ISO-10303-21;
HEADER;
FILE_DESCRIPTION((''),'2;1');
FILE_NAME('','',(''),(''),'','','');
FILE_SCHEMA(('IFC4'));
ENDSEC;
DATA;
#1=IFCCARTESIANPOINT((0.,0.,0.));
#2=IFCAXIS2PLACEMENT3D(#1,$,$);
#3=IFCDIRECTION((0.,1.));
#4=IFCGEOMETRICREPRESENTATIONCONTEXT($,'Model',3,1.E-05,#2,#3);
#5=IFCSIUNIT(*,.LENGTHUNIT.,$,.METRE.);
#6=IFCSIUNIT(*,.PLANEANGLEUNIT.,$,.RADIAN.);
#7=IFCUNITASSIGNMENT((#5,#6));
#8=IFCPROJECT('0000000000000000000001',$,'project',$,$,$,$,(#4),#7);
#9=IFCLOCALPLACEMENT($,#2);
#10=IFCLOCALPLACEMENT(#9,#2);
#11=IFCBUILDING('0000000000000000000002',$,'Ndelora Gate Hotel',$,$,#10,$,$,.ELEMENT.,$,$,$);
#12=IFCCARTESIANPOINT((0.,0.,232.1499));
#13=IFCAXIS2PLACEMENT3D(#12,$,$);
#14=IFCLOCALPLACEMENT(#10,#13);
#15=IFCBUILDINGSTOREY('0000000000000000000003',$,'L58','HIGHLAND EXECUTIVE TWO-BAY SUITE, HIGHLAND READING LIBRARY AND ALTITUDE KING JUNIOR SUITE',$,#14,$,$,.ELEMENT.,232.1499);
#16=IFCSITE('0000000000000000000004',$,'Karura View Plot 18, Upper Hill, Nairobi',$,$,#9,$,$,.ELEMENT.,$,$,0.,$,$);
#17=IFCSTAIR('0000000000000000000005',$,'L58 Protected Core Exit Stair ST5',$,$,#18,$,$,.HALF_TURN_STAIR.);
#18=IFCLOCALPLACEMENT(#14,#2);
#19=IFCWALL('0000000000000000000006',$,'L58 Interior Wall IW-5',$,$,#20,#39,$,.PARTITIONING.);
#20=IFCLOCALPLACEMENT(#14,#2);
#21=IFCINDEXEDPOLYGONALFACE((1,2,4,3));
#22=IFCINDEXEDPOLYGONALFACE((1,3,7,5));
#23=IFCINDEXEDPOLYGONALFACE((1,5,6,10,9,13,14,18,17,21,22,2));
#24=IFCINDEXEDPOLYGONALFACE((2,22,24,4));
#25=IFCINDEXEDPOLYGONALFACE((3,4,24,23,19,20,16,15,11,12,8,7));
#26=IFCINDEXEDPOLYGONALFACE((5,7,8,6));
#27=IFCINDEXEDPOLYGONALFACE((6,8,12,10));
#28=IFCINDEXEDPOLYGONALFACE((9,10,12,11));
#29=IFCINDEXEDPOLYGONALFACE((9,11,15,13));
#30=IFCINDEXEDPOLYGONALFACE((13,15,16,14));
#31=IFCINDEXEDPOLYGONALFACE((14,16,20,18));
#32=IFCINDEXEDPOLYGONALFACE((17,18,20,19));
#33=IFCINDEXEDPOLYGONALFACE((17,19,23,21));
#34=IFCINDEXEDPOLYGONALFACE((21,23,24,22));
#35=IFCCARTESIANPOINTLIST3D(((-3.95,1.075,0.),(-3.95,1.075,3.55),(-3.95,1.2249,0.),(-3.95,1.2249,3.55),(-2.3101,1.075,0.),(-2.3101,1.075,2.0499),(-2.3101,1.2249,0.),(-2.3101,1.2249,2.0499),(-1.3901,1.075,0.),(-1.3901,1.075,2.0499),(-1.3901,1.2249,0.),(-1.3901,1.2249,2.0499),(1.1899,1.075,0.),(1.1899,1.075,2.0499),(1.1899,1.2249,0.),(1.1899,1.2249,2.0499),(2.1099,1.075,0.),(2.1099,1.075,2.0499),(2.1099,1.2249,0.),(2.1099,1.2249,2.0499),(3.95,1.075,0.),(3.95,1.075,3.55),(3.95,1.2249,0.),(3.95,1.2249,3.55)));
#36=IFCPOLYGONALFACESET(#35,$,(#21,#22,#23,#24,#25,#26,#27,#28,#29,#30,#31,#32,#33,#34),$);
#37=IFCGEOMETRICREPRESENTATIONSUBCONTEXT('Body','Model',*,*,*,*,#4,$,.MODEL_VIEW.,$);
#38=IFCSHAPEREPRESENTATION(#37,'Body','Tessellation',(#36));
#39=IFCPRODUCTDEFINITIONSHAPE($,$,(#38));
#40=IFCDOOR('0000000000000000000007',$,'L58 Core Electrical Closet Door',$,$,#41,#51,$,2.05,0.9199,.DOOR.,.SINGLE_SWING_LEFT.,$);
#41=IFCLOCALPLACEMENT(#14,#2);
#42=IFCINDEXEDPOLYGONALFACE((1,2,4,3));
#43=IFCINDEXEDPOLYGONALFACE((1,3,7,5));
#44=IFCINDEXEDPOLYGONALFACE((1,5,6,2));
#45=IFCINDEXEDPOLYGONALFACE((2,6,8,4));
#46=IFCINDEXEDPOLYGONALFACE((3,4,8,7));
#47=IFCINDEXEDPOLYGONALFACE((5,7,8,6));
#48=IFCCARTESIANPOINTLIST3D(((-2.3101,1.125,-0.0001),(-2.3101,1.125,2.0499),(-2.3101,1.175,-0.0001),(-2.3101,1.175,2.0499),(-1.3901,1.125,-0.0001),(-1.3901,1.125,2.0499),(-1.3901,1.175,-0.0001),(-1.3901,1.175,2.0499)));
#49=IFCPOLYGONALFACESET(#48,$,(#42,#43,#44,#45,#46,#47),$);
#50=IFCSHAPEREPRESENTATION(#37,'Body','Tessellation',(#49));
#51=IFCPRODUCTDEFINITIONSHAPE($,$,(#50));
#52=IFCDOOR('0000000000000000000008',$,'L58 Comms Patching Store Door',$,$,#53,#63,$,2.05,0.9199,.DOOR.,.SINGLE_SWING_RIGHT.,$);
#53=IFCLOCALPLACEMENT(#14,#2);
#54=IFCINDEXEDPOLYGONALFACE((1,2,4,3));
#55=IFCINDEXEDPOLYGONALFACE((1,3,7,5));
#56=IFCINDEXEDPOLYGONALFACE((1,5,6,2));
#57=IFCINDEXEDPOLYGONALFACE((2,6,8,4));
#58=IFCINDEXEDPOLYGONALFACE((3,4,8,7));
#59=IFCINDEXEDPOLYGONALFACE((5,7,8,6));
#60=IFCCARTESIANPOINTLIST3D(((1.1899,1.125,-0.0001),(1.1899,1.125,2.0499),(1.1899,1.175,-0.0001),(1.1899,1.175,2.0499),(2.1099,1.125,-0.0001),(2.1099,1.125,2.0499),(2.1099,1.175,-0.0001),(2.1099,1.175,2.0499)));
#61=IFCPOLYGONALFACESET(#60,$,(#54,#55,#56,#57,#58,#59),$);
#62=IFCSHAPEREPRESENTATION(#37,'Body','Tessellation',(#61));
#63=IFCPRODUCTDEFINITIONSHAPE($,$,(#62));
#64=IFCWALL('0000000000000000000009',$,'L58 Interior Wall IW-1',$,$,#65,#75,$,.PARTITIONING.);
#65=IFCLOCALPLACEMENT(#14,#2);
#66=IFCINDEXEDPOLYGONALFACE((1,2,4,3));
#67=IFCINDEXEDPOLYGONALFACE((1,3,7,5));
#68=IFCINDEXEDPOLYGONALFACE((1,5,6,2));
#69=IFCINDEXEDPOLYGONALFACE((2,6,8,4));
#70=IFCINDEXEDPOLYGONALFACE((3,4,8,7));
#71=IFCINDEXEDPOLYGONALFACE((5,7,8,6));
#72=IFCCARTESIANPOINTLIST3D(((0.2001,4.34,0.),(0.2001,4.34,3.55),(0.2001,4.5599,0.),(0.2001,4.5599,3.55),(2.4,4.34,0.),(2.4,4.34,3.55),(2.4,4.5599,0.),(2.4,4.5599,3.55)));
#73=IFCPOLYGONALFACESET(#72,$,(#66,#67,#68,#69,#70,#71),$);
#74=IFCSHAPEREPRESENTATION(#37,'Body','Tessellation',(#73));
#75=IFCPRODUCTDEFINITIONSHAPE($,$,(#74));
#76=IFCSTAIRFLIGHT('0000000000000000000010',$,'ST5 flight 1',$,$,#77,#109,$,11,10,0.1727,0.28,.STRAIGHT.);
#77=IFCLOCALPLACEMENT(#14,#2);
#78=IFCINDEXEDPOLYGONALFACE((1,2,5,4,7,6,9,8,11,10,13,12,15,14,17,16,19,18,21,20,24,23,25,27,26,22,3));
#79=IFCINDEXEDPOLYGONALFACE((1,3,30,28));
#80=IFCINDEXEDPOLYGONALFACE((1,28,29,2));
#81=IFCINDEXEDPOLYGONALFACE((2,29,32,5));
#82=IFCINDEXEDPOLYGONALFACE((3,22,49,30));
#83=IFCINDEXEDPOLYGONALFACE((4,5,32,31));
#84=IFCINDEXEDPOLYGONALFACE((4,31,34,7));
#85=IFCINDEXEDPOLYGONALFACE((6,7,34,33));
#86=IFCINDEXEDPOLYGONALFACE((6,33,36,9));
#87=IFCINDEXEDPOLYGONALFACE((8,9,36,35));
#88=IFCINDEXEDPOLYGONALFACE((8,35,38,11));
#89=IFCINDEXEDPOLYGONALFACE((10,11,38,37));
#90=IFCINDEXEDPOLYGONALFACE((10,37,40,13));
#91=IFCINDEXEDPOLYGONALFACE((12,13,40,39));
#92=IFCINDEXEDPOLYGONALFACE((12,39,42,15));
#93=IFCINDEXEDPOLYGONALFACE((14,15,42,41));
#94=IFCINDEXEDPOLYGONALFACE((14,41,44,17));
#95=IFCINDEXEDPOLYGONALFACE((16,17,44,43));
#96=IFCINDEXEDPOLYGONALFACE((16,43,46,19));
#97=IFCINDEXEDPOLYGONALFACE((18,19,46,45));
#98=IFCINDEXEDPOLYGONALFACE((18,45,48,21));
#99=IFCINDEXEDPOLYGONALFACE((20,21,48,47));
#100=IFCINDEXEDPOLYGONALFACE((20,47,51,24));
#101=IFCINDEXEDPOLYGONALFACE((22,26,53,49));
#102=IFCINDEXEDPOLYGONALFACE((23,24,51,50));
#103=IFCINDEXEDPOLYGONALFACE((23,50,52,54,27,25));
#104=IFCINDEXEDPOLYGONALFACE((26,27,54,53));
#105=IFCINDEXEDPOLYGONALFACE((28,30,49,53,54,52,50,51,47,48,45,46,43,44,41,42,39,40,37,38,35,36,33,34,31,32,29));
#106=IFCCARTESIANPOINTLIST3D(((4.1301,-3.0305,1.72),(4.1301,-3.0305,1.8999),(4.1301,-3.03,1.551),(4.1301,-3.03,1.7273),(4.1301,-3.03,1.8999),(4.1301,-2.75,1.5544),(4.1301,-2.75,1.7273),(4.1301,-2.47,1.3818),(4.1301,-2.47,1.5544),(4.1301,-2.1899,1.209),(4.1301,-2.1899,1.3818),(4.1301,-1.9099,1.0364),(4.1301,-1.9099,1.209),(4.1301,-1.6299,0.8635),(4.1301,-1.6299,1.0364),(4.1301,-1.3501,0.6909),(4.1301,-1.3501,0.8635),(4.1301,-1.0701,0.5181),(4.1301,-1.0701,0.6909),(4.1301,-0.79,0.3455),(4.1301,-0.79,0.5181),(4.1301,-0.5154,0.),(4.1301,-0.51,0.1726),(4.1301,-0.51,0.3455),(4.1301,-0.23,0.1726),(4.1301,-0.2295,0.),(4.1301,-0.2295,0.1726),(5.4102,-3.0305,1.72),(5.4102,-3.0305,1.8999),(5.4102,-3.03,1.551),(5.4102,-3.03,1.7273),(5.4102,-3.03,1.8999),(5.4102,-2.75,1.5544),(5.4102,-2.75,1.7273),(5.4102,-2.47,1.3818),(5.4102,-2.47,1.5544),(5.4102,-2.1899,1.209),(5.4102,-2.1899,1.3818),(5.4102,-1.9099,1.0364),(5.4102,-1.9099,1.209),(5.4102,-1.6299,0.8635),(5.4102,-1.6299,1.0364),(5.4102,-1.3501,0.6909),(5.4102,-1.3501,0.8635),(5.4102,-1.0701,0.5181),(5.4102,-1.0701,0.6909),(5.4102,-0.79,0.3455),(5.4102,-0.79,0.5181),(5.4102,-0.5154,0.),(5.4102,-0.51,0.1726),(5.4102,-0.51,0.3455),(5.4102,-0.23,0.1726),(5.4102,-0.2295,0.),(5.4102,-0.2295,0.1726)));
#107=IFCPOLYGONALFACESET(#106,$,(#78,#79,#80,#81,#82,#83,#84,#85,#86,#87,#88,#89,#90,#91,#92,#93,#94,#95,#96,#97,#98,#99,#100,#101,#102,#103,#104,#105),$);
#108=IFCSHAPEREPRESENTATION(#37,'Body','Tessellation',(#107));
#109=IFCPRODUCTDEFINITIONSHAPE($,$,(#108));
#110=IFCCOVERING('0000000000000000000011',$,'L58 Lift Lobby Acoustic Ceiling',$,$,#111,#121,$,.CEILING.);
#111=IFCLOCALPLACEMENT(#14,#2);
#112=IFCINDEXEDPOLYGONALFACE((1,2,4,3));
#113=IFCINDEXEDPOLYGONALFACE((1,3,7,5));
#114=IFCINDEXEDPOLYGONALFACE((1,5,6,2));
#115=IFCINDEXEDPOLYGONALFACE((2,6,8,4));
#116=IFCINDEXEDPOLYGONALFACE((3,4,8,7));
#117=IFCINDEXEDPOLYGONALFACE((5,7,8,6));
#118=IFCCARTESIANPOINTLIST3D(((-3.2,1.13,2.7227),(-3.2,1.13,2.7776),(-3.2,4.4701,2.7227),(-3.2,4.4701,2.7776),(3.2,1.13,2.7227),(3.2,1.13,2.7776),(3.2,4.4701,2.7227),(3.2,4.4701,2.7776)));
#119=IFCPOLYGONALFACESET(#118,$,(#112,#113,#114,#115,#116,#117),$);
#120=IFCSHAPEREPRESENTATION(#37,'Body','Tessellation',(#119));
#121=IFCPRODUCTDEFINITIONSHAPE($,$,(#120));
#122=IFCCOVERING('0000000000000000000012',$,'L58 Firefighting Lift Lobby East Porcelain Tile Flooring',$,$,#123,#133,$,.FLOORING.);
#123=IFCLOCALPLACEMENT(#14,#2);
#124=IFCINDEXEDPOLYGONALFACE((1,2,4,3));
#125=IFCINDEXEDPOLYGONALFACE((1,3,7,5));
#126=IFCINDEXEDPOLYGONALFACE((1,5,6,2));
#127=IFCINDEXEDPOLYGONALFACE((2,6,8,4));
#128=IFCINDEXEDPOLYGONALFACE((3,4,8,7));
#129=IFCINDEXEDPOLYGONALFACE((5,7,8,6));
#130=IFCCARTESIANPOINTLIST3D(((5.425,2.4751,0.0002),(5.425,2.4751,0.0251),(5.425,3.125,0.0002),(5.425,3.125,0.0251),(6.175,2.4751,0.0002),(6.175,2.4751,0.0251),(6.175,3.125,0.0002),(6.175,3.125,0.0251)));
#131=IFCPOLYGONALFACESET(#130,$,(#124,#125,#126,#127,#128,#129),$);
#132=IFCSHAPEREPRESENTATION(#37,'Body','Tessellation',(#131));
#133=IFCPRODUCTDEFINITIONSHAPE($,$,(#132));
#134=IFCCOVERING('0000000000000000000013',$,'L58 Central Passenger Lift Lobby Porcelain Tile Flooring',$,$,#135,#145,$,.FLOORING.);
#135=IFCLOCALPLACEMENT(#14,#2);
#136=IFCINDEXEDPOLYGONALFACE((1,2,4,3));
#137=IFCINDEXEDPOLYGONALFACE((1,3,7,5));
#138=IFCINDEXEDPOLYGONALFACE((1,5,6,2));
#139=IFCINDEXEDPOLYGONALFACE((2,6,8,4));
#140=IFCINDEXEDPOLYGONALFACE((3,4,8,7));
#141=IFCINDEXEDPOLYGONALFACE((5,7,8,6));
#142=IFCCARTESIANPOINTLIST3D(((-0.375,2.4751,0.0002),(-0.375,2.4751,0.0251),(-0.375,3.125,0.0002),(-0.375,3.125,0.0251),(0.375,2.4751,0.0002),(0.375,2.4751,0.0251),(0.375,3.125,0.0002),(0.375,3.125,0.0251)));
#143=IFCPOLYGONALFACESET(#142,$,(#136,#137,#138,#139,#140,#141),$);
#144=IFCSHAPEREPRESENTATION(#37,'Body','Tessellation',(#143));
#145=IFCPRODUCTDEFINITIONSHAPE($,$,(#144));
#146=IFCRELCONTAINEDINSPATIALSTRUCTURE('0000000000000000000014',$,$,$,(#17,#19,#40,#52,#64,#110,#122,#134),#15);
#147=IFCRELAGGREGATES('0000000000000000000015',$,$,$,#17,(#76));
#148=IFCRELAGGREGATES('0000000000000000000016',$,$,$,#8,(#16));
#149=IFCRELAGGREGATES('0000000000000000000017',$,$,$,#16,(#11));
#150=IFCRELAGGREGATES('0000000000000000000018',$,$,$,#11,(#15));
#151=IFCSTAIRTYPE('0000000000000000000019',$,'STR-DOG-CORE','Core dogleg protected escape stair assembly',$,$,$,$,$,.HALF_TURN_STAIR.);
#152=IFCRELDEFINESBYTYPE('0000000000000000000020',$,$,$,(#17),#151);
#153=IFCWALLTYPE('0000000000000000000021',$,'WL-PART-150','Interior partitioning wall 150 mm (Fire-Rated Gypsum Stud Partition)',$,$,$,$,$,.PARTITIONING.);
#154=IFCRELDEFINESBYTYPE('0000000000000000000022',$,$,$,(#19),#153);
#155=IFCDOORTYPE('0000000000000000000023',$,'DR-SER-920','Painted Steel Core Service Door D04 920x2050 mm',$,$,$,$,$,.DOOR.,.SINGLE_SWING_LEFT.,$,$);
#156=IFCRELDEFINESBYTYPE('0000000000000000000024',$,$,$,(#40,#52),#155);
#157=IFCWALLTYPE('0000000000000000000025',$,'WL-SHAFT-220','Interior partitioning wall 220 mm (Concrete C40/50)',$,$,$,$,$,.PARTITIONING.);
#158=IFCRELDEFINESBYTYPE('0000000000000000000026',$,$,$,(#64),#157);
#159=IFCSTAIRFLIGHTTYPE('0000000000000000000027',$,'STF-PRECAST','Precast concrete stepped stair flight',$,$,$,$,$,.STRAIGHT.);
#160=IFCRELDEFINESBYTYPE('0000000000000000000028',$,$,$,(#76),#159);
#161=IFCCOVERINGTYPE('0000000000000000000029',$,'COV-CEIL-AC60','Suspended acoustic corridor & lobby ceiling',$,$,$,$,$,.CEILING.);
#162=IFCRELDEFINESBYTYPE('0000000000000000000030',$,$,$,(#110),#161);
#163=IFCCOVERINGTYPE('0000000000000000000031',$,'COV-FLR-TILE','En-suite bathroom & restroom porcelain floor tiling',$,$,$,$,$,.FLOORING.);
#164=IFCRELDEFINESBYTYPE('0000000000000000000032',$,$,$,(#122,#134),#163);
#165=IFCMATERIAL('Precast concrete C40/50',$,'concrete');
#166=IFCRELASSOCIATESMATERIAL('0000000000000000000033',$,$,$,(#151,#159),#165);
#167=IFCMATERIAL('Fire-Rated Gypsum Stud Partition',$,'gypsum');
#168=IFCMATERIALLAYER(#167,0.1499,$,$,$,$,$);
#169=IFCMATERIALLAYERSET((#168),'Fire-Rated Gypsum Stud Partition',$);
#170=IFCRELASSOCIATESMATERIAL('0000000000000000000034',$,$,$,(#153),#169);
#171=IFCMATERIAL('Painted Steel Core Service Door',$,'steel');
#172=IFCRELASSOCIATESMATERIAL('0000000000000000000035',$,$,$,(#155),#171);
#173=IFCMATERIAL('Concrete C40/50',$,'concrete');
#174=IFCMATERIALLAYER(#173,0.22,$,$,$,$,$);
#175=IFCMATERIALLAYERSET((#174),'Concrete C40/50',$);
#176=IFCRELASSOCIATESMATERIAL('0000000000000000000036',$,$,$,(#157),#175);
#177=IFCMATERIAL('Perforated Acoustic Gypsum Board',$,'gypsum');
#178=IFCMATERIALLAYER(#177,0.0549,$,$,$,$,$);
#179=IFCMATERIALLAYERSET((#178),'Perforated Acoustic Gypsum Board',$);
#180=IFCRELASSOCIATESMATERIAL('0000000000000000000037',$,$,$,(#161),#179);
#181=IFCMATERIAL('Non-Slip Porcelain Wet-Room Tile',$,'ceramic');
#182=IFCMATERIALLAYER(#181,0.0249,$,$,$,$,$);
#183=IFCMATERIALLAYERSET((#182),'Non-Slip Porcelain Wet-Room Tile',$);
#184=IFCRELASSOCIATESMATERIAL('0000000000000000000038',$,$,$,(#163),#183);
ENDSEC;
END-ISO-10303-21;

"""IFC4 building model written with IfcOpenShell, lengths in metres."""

from ifc_helpers import new_model, si_unit, direction, frame, frame_2d, origin, origin_2d, place, context, subcontext, project, spatial, polyline, rectangle, outline, extrude, material, layer, layer_set, type_object, element, fill, aggregate, save


model = new_model("IFC4")

# Units and contexts
model_context = context("Model", 3, precision=1e-05, world=origin(), true_north=direction((0.0, 1.0)))
body_context = subcontext(model_context, "Body", "Model", "MODEL_VIEW")
ifc_project = project(units=[si_unit("LENGTHUNIT", "METRE"), si_unit("PLANEANGLEUNIT", "RADIAN")], contexts=[model_context])

# Site, building, storey
site_placement = place(None, origin())
site = spatial("IfcSite", under=ifc_project, at=site_placement, Name="Karura View Plot 18, Upper Hill, Nairobi", CompositionType="ELEMENT", RefElevation=0.0)
building_placement = place(site_placement, origin())
building = spatial("IfcBuilding", under=site, at=building_placement, Name="Ndelora Gate Hotel", CompositionType="ELEMENT")
storey_placement = place(building_placement, frame((0.0, 0.0, 232.1499)))
storey = spatial("IfcBuildingStorey", under=building, at=storey_placement, Name="L58", Description="HIGHLAND EXECUTIVE TWO-BAY SUITE, HIGHLAND READING LIBRARY AND ALTITUDE KING JUNIOR SUITE", CompositionType="ELEMENT", Elevation=232.1499)

# Stair
ifc_material_1 = material(Name="Precast concrete C40/50", Category="concrete")
stair_type = type_object("IfcStairType", Name="STR-DOG-CORE", Description="Core dogleg protected escape stair assembly", PredefinedType="HALF_TURN_STAIR", material=ifc_material_1)
stair_1_placement = place(storey_placement, origin())
stair_1 = element("IfcStair", 1, at=stair_1_placement, inside=storey, type_object=stair_type, Name="L58 Protected Core Exit Stair ST5", PredefinedType="HALF_TURN_STAIR")

# Shared definitions
ifc_material_2 = material(Name="Concrete C40/50", Category="concrete")

# Wall, openings, doors
ifc_material_3 = material(Name="Fire-Rated Gypsum Stud Partition", Category="gypsum")
ifc_layer_1 = layer(ifc_material_3, 0.1499)
ifc_layer_set_1 = layer_set([ifc_layer_1], Name="Fire-Rated Gypsum Stud Partition")
wall_type_1 = type_object("IfcWallType", Name="WL-PART-150", Description="Interior partitioning wall 150 mm (Fire-Rated Gypsum Stud Partition)", PredefinedType="PARTITIONING", material=ifc_layer_set_1)
wall_1_placement = place(storey_placement, frame((3.95, 1.1499, 0.0), z_axis=(0.0, 0.0, 1.0), x_axis=(-1.0, 0.0, 0.0)))
wall_1 = element("IfcWall", 2, at=wall_1_placement, inside=storey, type_object=wall_type_1, Name="L58 Interior Wall IW-5", PredefinedType="PARTITIONING", context=body_context, shape_type="SweptSolid", body=[
    extrude(rectangle(XDim=7.8999, YDim=0.1499, at=frame_2d((3.95, 0.0))), origin(), (0.0, 0.0, 1.0), 3.55),
])
opening_1_placement = place(wall_1_placement, frame((5.3401, 0.0, 0.0)))
opening_1 = element("IfcOpeningElement", 3, at=opening_1_placement, cuts=wall_1, PredefinedType="OPENING", context=body_context, shape_type="SweptSolid", body=[
    extrude(rectangle(XDim=0.9199, YDim=2.05, at=frame_2d((0.46, 1.0249))), frame((0.0, 0.085, 0.0), z_axis=(0.0, -1.0, 0.0), x_axis=(1.0, 0.0, 0.0)), (0.0, 0.0, 1.0), 0.1699),
])
opening_2_placement = place(wall_1_placement, frame((1.8401, 0.0, 0.0)))
opening_2 = element("IfcOpeningElement", 4, at=opening_2_placement, cuts=wall_1, PredefinedType="OPENING", context=body_context, shape_type="SweptSolid", body=[
    extrude(rectangle(XDim=0.9199, YDim=2.05, at=frame_2d((0.46, 1.0249))), frame((0.0, 0.085, 0.0), z_axis=(0.0, -1.0, 0.0), x_axis=(1.0, 0.0, 0.0)), (0.0, 0.0, 1.0), 0.1699),
])
ifc_material_4 = material(Name="Painted Steel Core Service Door", Category="steel")
door_type_1 = type_object("IfcDoorType", Name="DR-SER-920", Description="Painted Steel Core Service Door D04 920x2050 mm", OperationType="SINGLE_SWING_LEFT", PredefinedType="DOOR", material=ifc_material_4)
door_1_placement = place(opening_1_placement, origin())
door_1 = element("IfcDoor", 5, at=door_1_placement, inside=storey, type_object=door_type_1, Name="L58 Core Electrical Closet Door", OperationType="SINGLE_SWING_LEFT", OverallHeight=2.05, OverallWidth=0.9199, PredefinedType="DOOR", context=body_context, shape_type="SweptSolid", body=[
    extrude(rectangle(XDim=0.9199, YDim=2.05, at=frame_2d((0.46, 1.0249))), frame((0.0, 0.0249, 0.0), z_axis=(0.0, -1.0, 0.0), x_axis=(1.0, 0.0, 0.0)), (0.0, 0.0, 1.0), 0.05),
])
fill(opening_1, door_1)
door_2_placement = place(opening_2_placement, origin())
door_2 = element("IfcDoor", 6, at=door_2_placement, inside=storey, type_object=door_type_1, Name="L58 Comms Patching Store Door", OperationType="SINGLE_SWING_RIGHT", OverallHeight=2.05, OverallWidth=0.9199, PredefinedType="DOOR", context=body_context, shape_type="SweptSolid", body=[
    extrude(rectangle(XDim=0.9199, YDim=2.05, at=frame_2d((0.46, 1.0249))), frame((0.0, 0.0249, 0.0), z_axis=(0.0, -1.0, 0.0), x_axis=(1.0, 0.0, 0.0)), (0.0, 0.0, 1.0), 0.05),
])
fill(opening_2, door_2)

# Shared definitions
ifc_layer_2 = layer(ifc_material_2, 0.22)
ifc_layer_set_2 = layer_set([ifc_layer_2], Name="Concrete C40/50")
wall_type_2 = type_object("IfcWallType", Name="WL-SHAFT-220", Description="Interior partitioning wall 220 mm (Concrete C40/50)", PredefinedType="PARTITIONING", material=ifc_layer_set_2)

# Wall
wall_2_placement = place(storey_placement, frame((0.2, 4.45, 0.0), z_axis=(0.0, 0.0, 1.0), x_axis=(1.0, 0.0, 0.0)))
element("IfcWall", 7, at=wall_2_placement, inside=storey, type_object=wall_type_2, Name="L58 Interior Wall IW-1", PredefinedType="PARTITIONING", context=body_context, shape_type="SweptSolid", body=[
    extrude(rectangle(XDim=2.2, YDim=0.22, at=frame_2d((1.1001, 0.0))), origin(), (0.0, 0.0, 1.0), 3.55),
])

# Stair flight
stair_flight_type = type_object("IfcStairFlightType", Name="STF-PRECAST", Description="Precast concrete stepped stair flight", PredefinedType="STRAIGHT", material=ifc_material_1)
stair_flight_placement = place(storey_placement, frame((4.77, -0.23, 0.0), z_axis=(0.0, 0.0, 1.0), x_axis=(0.0, -1.0, 0.0)))
stair_flight = element("IfcStairFlight", 8, at=stair_flight_placement, type_object=stair_flight_type, Name="ST5 flight 1", NumberOfRisers=11, NumberOfTreads=10, PredefinedType="STRAIGHT", RiserHeight=0.1727, TreadLength=0.28, context=body_context, shape_type="SweptSolid", body=[
    extrude(outline(polyline([(-0.0005, 0.0), (-0.0005, 0.1726), (0.0, 0.1726), (0.28, 0.1726), (0.28, 0.3455), (0.5601, 0.3455), (0.5601, 0.5181), (0.8401, 0.5181), (0.8401, 0.6909), (1.1201, 0.6909), (1.1201, 0.8635), (1.3999, 0.8635), (1.3999, 1.0364), (1.6799, 1.0364), (1.6799, 1.209), (1.96, 1.209), (1.96, 1.3818), (2.24, 1.3818), (2.24, 1.5544), (2.52, 1.5544), (2.52, 1.7273), (2.8, 1.7273), (2.8, 1.8999), (2.8005, 1.8999), (2.8005, 1.72), (2.8, 1.551), (0.2854, 0.0), (-0.0005, 0.0)])), frame((0.0, 0.6401, 0.0), z_axis=(0.0, -1.0, 0.0), x_axis=(1.0, 0.0, 0.0)), (0.0, 0.0, 1.0), 1.28),
])
aggregate(stair_1, [stair_flight])

# Coverings
ifc_material_5 = material(Name="Perforated Acoustic Gypsum Board", Category="gypsum")
ifc_layer_3 = layer(ifc_material_5, 0.0549)
ifc_layer_set_3 = layer_set([ifc_layer_3], Name="Perforated Acoustic Gypsum Board")
covering_type_1 = type_object("IfcCoveringType", Name="COV-CEIL-AC60", Description="Suspended acoustic corridor & lobby ceiling", PredefinedType="CEILING", material=ifc_layer_set_3)
covering_placement = place(storey_placement, frame((0.0, 2.8, 2.7227), z_axis=(0.0, 0.0, 1.0), x_axis=(1.0, 0.0, 0.0)))
element("IfcCovering", 9, at=covering_placement, inside=storey, type_object=covering_type_1, Name="L58 Lift Lobby Acoustic Ceiling", PredefinedType="CEILING", context=body_context, shape_type="SweptSolid", body=[
    extrude(rectangle(XDim=6.3999, YDim=3.3401, at=origin_2d()), origin(), (0.0, 0.0, 1.0), 0.0549),
])
ifc_material_6 = material(Name="Non-Slip Porcelain Wet-Room Tile", Category="ceramic")
ifc_layer_4 = layer(ifc_material_6, 0.0249)
ifc_layer_set_4 = layer_set([ifc_layer_4], Name="Non-Slip Porcelain Wet-Room Tile")
covering_type_2 = type_object("IfcCoveringType", Name="COV-FLR-TILE", Description="En-suite bathroom & restroom porcelain floor tiling", PredefinedType="FLOORING", material=ifc_layer_set_4)
for number, where, z_axis, x_axis, name in (
    (10, (5.8, 2.8, 0.0002), (0.0, 0.0, 1.0), (1.0, 0.0, 0.0), "L58 Firefighting Lift Lobby East Porcelain Tile Flooring"),
    (11, (0.0, 2.8, 0.0002), (0.0, 0.0, 1.0), (1.0, 0.0, 0.0), "L58 Central Passenger Lift Lobby Porcelain Tile Flooring"),
):
    element("IfcCovering", number, at=place(storey_placement, frame(where, z_axis=z_axis, x_axis=x_axis)), inside=storey, type_object=covering_type_2, Name=name, PredefinedType="FLOORING", context=body_context, shape_type="SweptSolid", body=[
        extrude(rectangle(XDim=0.75, YDim=0.6499, at=origin_2d()), origin(), (0.0, 0.0, 1.0), 0.0249),
    ])

save(model, "model.ifc")
